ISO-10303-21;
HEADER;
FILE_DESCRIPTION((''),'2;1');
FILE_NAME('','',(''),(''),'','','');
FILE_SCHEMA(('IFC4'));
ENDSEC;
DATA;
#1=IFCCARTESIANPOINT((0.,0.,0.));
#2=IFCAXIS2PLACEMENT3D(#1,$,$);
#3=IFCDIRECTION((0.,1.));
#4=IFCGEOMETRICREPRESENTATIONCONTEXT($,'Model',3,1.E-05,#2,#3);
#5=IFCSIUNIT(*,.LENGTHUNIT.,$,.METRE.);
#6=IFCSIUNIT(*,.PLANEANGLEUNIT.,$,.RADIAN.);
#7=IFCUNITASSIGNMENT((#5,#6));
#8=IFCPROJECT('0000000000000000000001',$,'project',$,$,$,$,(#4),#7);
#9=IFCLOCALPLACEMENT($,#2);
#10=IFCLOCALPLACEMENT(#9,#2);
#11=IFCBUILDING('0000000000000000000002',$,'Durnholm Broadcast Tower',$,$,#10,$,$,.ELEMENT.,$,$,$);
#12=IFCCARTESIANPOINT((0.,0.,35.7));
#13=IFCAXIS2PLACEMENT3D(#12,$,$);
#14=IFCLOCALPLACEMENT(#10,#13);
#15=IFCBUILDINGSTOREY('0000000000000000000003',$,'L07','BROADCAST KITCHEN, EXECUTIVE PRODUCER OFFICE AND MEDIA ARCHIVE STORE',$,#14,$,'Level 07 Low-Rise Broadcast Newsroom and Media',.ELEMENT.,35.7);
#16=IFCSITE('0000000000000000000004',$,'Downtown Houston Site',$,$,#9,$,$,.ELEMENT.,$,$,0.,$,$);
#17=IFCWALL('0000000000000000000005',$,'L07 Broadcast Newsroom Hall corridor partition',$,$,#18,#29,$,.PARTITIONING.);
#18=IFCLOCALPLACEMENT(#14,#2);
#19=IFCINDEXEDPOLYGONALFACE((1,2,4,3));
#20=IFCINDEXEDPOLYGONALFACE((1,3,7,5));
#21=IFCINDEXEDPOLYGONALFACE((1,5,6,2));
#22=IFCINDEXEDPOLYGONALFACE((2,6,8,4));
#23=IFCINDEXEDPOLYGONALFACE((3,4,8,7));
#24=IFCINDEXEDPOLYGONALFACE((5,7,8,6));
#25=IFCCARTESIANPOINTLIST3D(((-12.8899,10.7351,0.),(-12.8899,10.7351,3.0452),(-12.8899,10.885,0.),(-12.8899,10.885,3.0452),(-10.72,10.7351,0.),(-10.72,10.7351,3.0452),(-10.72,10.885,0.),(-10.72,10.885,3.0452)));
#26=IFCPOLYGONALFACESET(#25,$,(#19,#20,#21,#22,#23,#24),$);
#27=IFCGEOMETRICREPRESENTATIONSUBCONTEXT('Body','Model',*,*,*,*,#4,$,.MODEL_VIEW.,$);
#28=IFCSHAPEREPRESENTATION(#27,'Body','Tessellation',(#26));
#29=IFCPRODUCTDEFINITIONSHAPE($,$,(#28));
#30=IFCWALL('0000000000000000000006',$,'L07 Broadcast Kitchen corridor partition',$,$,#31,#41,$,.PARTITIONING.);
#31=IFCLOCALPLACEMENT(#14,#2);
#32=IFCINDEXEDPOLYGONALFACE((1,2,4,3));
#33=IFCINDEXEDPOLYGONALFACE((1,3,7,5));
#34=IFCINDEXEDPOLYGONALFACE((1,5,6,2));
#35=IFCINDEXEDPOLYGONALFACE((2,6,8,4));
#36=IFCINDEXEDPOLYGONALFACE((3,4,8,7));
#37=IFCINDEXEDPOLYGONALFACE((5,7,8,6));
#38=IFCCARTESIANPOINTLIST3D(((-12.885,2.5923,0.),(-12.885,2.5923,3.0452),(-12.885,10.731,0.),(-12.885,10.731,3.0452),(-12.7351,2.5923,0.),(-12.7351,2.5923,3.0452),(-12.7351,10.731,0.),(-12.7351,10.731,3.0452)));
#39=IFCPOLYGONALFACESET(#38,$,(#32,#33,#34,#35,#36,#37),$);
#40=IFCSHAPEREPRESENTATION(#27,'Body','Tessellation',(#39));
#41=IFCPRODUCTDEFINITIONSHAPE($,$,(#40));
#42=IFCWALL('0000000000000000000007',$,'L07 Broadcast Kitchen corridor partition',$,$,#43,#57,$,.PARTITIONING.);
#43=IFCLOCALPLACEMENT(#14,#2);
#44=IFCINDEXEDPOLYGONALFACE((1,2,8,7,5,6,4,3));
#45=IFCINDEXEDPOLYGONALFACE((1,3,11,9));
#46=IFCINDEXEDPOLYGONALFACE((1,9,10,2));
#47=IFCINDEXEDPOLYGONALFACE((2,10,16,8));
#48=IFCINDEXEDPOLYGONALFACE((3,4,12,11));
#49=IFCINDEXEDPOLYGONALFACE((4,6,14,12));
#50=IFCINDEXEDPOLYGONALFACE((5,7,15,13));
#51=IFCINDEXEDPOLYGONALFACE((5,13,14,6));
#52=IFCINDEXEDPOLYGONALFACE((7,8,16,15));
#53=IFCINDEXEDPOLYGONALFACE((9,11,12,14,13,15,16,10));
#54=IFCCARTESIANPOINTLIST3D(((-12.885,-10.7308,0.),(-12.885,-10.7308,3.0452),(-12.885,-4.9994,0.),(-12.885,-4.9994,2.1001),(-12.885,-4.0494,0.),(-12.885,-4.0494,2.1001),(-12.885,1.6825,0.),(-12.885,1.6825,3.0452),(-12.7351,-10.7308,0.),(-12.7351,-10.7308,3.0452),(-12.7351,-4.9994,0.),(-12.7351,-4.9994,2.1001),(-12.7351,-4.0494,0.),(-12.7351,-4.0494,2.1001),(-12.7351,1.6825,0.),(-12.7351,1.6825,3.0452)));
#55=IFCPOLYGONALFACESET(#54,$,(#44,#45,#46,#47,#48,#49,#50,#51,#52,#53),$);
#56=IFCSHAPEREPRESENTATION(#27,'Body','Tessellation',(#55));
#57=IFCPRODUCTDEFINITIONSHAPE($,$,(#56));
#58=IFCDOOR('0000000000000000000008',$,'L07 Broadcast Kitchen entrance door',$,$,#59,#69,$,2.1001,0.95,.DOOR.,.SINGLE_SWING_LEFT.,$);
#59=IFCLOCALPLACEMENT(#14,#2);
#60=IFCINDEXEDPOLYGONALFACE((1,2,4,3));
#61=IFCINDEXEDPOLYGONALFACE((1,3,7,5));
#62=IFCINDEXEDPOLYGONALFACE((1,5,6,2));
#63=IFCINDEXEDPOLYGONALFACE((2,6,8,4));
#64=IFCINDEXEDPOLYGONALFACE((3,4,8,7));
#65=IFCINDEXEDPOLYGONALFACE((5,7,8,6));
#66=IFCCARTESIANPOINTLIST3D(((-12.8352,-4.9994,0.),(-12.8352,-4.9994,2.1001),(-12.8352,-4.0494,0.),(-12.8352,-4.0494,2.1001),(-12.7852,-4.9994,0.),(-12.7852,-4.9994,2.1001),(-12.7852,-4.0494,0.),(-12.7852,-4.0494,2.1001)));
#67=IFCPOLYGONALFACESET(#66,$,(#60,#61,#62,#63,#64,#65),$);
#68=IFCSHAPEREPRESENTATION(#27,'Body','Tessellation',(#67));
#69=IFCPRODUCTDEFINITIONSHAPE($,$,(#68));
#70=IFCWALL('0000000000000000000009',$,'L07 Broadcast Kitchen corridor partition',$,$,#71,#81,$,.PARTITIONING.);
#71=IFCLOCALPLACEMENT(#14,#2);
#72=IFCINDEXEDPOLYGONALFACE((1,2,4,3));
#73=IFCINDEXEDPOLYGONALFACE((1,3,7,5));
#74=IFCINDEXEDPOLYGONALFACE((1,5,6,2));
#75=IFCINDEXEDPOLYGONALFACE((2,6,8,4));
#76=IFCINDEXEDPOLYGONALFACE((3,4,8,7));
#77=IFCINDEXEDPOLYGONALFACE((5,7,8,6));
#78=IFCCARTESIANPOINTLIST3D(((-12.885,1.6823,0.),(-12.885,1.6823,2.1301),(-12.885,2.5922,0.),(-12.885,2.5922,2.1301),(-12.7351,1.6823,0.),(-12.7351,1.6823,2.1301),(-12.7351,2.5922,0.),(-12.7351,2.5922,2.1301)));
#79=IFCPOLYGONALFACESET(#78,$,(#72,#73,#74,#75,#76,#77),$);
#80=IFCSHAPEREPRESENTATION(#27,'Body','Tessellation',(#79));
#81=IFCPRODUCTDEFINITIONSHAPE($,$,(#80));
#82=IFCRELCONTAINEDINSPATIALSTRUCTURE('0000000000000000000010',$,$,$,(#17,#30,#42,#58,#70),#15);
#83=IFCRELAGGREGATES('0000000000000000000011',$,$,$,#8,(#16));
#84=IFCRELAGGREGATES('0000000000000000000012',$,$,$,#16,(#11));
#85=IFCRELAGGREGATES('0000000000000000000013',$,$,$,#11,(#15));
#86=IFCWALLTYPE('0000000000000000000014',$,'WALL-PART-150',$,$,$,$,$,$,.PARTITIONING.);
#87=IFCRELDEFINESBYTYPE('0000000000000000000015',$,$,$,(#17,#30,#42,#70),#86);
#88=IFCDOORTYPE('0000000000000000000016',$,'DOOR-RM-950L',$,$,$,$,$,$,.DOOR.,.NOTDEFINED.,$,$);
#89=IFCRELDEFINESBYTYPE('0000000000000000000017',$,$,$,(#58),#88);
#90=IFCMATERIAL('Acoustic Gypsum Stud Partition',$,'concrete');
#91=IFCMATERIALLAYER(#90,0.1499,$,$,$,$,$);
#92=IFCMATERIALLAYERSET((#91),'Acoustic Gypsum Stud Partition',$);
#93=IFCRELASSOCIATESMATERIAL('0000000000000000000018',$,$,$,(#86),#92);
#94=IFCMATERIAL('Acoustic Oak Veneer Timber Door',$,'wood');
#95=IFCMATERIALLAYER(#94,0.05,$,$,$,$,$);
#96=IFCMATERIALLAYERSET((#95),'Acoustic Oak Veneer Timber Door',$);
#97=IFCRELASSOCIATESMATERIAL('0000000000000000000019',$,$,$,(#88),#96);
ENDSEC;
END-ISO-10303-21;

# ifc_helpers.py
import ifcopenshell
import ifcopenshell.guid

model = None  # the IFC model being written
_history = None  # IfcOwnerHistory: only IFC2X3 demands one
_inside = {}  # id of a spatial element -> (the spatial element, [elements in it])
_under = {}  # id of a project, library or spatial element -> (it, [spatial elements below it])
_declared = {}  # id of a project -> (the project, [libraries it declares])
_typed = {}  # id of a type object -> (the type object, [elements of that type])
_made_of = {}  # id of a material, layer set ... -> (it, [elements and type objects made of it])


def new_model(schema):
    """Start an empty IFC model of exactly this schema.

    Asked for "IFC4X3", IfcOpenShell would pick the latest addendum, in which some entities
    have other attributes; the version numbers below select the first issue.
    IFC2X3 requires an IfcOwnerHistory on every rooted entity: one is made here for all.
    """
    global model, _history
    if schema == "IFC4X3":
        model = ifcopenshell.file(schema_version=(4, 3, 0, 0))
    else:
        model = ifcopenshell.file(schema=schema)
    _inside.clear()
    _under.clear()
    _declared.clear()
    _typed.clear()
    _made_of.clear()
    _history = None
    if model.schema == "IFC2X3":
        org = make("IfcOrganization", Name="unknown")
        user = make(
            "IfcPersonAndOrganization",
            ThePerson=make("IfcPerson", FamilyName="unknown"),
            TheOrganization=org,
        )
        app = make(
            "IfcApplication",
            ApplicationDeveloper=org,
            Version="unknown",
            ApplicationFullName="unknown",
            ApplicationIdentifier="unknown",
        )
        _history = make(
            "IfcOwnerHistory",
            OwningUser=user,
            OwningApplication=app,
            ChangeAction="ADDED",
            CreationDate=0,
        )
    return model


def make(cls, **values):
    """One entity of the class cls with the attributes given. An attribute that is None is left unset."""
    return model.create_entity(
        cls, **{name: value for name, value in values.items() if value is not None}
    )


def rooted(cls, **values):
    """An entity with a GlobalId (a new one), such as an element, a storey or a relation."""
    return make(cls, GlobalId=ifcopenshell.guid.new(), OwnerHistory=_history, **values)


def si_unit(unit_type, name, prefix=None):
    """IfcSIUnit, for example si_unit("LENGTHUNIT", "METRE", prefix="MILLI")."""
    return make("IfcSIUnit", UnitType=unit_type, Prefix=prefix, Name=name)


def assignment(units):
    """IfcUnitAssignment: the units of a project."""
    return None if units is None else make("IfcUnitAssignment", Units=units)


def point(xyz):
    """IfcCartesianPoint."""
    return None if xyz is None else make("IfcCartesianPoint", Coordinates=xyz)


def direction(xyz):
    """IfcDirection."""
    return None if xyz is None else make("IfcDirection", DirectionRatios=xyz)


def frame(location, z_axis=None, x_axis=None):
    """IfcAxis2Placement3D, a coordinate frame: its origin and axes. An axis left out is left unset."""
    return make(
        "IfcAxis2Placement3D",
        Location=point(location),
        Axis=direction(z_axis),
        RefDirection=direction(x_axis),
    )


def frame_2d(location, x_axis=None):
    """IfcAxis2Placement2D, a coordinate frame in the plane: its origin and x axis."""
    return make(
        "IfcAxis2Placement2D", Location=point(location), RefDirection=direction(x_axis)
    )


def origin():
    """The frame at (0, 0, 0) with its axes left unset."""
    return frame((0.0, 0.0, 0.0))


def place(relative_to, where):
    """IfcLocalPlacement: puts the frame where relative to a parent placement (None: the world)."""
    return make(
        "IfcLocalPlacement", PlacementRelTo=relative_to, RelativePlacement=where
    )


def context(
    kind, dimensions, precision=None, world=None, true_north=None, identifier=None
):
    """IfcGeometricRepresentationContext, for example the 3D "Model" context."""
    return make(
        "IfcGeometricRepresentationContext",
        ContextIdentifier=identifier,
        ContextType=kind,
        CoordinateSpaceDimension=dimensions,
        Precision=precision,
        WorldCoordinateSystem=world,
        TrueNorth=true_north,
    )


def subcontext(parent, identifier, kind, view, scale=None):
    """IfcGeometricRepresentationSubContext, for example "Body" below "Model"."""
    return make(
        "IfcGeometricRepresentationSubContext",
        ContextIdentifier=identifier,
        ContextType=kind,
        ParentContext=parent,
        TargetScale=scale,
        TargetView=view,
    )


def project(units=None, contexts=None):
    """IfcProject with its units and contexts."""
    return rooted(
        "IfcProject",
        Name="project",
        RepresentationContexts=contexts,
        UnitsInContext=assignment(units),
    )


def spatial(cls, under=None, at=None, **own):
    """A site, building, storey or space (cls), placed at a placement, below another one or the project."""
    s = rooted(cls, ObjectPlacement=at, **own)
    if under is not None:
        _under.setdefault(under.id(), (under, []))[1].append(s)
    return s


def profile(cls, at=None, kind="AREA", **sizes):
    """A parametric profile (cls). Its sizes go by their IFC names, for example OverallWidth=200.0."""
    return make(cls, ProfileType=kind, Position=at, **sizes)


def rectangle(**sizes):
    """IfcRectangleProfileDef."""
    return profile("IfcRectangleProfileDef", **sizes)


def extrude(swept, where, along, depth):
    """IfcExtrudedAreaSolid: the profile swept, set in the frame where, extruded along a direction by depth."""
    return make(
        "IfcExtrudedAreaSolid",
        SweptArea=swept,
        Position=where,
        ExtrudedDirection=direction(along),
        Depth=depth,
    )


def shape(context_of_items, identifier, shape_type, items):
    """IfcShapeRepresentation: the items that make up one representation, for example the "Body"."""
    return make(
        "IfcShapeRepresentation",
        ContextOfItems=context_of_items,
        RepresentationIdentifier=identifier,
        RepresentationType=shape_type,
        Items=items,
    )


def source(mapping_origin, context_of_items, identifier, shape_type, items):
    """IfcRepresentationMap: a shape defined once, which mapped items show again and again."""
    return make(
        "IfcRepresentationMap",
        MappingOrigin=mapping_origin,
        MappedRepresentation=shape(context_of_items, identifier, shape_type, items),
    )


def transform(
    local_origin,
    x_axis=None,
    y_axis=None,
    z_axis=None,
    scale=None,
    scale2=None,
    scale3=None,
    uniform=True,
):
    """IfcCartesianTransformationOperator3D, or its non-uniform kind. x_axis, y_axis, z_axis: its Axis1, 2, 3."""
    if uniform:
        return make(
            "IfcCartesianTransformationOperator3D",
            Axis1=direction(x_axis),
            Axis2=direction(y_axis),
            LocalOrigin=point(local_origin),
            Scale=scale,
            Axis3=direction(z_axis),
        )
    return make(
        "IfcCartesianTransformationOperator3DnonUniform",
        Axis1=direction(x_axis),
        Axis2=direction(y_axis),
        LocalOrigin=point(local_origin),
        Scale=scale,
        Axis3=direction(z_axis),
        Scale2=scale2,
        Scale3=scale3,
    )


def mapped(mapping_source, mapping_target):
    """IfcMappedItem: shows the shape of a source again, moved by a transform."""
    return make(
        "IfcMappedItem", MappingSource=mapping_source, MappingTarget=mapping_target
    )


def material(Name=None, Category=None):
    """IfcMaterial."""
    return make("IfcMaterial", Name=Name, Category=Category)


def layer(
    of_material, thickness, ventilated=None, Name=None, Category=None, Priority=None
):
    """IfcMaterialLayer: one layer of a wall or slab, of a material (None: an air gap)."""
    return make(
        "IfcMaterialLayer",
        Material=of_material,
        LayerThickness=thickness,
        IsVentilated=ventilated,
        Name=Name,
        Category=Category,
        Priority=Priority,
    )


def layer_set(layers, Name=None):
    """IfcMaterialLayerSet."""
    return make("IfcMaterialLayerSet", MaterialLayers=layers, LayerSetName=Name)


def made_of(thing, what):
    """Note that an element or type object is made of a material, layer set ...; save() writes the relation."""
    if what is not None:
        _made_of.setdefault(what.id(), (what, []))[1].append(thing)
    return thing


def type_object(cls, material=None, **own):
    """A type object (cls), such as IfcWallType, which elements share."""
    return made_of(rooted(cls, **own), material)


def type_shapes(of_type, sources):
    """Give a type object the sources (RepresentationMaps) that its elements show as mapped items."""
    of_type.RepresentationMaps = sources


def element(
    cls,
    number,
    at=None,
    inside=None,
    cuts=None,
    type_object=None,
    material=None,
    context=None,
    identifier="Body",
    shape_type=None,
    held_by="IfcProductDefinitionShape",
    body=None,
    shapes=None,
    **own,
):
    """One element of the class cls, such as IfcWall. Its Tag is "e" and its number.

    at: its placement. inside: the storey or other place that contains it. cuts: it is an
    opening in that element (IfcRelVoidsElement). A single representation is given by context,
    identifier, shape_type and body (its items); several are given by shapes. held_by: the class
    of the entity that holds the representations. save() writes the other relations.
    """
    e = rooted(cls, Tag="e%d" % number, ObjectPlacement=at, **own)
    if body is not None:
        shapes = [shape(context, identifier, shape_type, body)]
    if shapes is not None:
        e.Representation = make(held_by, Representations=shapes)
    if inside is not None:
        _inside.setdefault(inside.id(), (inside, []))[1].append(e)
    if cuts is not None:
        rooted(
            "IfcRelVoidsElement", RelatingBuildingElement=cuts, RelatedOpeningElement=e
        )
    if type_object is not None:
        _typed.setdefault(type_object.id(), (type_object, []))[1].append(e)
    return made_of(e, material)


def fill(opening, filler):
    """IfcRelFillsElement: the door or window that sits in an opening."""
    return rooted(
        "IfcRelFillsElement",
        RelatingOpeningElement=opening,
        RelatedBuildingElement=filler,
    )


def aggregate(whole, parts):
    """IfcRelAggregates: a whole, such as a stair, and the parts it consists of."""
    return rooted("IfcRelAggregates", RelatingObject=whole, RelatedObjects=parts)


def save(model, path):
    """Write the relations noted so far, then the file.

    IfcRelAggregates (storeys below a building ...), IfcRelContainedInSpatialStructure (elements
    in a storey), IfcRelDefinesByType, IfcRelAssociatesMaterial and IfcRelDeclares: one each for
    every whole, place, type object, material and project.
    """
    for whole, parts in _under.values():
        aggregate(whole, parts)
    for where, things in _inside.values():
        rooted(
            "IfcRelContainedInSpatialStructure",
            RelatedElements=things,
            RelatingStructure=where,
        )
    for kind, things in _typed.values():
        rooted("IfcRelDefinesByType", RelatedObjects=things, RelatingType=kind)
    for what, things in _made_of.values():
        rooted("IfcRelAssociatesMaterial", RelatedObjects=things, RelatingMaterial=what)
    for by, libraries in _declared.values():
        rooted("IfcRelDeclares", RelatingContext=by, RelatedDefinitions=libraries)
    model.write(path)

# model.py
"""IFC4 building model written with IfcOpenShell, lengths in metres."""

from ifc_helpers import new_model, si_unit, direction, frame, frame_2d, origin, place, context, subcontext, project, spatial, rectangle, extrude, source, transform, mapped, material, layer, layer_set, type_object, type_shapes, element, fill, save


model = new_model("IFC4")

# Units and contexts
model_context = context("Model", 3, precision=1e-05, world=origin(), true_north=direction((0.0, 1.0)))
body_context = subcontext(model_context, "Body", "Model", "MODEL_VIEW")
ifc_project = project(units=[si_unit("LENGTHUNIT", "METRE"), si_unit("PLANEANGLEUNIT", "RADIAN")], contexts=[model_context])

# Site, building, storey
site_placement = place(None, origin())
site = spatial("IfcSite", under=ifc_project, at=site_placement, Name="Downtown Houston Site", CompositionType="ELEMENT", RefElevation=0.0)
building_placement = place(site_placement, origin())
building = spatial("IfcBuilding", under=site, at=building_placement, Name="Durnholm Broadcast Tower", CompositionType="ELEMENT")
storey_placement = place(building_placement, frame((0.0, 0.0, 35.7)))
storey = spatial("IfcBuildingStorey", under=building, at=storey_placement, Name="L07", Description="BROADCAST KITCHEN, EXECUTIVE PRODUCER OFFICE AND MEDIA ARCHIVE STORE", LongName="Level 07 Low-Rise Broadcast Newsroom and Media", CompositionType="ELEMENT", Elevation=35.7)

# Walls
ifc_material_1 = material(Name="Acoustic Gypsum Stud Partition", Category="concrete")
ifc_layer_1 = layer(ifc_material_1, 0.1499)
ifc_layer_set_1 = layer_set([ifc_layer_1], Name="Acoustic Gypsum Stud Partition")
wall_type_1 = type_object("IfcWallType", Name="WALL-PART-150", PredefinedType="PARTITIONING", material=ifc_layer_set_1)
wall_1_placement = place(storey_placement, frame((-10.72, 10.8101, 0.0), z_axis=(0.0, 0.0, 1.0), x_axis=(-1.0, 0.0, 0.0)))
element("IfcWall", 1, at=wall_1_placement, inside=storey, type_object=wall_type_1, Name="L07 Broadcast Newsroom Hall corridor partition", PredefinedType="PARTITIONING", context=body_context, shape_type="SweptSolid", body=[
    extrude(rectangle(XDim=2.1699, YDim=0.1499, at=frame_2d((1.085, 0.0))), origin(), (0.0, 0.0, 1.0), 3.0452),
])
wall_2_placement = place(storey_placement, frame((-12.8101, 10.731, 0.0), z_axis=(0.0, 0.0, 1.0), x_axis=(0.0, -1.0, 0.0)))
element("IfcWall", 2, at=wall_2_placement, inside=storey, type_object=wall_type_1, Name="L07 Broadcast Kitchen corridor partition", PredefinedType="PARTITIONING", context=body_context, shape_type="SweptSolid", body=[
    extrude(rectangle(XDim=8.1387, YDim=0.1499, at=frame_2d((4.0693, 0.0))), origin(), (0.0, 0.0, 1.0), 3.0452),
])

# Wall, opening, door
wall_3_placement = place(storey_placement, frame((-12.8101, 1.6824, 0.0), z_axis=(0.0, 0.0, 1.0), x_axis=(0.0, -1.0, 0.0)))
wall_3 = element("IfcWall", 3, at=wall_3_placement, inside=storey, type_object=wall_type_1, Name="L07 Broadcast Kitchen corridor partition", PredefinedType="PARTITIONING", context=body_context, shape_type="SweptSolid", body=[
    extrude(rectangle(XDim=12.4133, YDim=0.1499, at=frame_2d((6.2065, 0.0))), origin(), (0.0, 0.0, 1.0), 3.0452),
])
opening_placement = place(wall_3_placement, frame((5.7317, 0.0, 0.0)))
opening = element("IfcOpeningElement", 4, at=opening_placement, cuts=wall_3, PredefinedType="OPENING", context=body_context, shape_type="SweptSolid", body=[
    extrude(rectangle(XDim=0.95, YDim=2.1001, at=frame_2d((0.4751, 1.05))), frame((0.0, 0.085, 0.0), z_axis=(0.0, -1.0, 0.0), x_axis=(1.0, 0.0, 0.0)), (0.0, 0.0, 1.0), 0.1699),
])
ifc_material_2 = material(Name="Acoustic Oak Veneer Timber Door", Category="wood")
ifc_layer_2 = layer(ifc_material_2, 0.05)
ifc_layer_set_2 = layer_set([ifc_layer_2], Name="Acoustic Oak Veneer Timber Door")
door_type = type_object("IfcDoorType", Name="DOOR-RM-950L", OperationType="NOTDEFINED", PredefinedType="DOOR", material=ifc_layer_set_2)
shared_shape_1 = source(origin(), body_context, "Body", "SweptSolid", [
    extrude(rectangle(XDim=0.95, YDim=2.1001, at=frame_2d((0.4751, 1.05))), frame((0.0, 0.0249, 0.0), z_axis=(0.0, -1.0, 0.0), x_axis=(1.0, 0.0, 0.0)), (0.0, 0.0, 1.0), 0.05),
])
type_shapes(door_type, [shared_shape_1])
door_placement = place(opening_placement, origin())
door = element("IfcDoor", 5, at=door_placement, inside=storey, type_object=door_type, Name="L07 Broadcast Kitchen entrance door", OperationType="SINGLE_SWING_LEFT", OverallHeight=2.1001, OverallWidth=0.95, PredefinedType="DOOR", context=body_context, shape_type="MappedRepresentation", body=[
    mapped(shared_shape_1, transform((0.0, 0.0, 0.0), x_axis=(1.0, 0.0, 0.0), y_axis=(0.0, 1.0, 0.0), z_axis=(0.0, 0.0, 1.0), scale=1.0)),
])
fill(opening, door)

# Wall
wall_4_placement = place(storey_placement, frame((-12.8101, 2.5923, 0.0), z_axis=(0.0, 0.0, 1.0), x_axis=(0.0, -1.0, 0.0)))
element("IfcWall", 6, at=wall_4_placement, inside=storey, type_object=wall_type_1, Name="L07 Broadcast Kitchen corridor partition", PredefinedType="PARTITIONING", context=body_context, shape_type="SweptSolid", body=[
    extrude(rectangle(XDim=0.9099, YDim=0.1499, at=frame_2d((0.4551, 0.0))), origin(), (0.0, 0.0, 1.0), 2.1301),
])

save(model, "model.ifc")
